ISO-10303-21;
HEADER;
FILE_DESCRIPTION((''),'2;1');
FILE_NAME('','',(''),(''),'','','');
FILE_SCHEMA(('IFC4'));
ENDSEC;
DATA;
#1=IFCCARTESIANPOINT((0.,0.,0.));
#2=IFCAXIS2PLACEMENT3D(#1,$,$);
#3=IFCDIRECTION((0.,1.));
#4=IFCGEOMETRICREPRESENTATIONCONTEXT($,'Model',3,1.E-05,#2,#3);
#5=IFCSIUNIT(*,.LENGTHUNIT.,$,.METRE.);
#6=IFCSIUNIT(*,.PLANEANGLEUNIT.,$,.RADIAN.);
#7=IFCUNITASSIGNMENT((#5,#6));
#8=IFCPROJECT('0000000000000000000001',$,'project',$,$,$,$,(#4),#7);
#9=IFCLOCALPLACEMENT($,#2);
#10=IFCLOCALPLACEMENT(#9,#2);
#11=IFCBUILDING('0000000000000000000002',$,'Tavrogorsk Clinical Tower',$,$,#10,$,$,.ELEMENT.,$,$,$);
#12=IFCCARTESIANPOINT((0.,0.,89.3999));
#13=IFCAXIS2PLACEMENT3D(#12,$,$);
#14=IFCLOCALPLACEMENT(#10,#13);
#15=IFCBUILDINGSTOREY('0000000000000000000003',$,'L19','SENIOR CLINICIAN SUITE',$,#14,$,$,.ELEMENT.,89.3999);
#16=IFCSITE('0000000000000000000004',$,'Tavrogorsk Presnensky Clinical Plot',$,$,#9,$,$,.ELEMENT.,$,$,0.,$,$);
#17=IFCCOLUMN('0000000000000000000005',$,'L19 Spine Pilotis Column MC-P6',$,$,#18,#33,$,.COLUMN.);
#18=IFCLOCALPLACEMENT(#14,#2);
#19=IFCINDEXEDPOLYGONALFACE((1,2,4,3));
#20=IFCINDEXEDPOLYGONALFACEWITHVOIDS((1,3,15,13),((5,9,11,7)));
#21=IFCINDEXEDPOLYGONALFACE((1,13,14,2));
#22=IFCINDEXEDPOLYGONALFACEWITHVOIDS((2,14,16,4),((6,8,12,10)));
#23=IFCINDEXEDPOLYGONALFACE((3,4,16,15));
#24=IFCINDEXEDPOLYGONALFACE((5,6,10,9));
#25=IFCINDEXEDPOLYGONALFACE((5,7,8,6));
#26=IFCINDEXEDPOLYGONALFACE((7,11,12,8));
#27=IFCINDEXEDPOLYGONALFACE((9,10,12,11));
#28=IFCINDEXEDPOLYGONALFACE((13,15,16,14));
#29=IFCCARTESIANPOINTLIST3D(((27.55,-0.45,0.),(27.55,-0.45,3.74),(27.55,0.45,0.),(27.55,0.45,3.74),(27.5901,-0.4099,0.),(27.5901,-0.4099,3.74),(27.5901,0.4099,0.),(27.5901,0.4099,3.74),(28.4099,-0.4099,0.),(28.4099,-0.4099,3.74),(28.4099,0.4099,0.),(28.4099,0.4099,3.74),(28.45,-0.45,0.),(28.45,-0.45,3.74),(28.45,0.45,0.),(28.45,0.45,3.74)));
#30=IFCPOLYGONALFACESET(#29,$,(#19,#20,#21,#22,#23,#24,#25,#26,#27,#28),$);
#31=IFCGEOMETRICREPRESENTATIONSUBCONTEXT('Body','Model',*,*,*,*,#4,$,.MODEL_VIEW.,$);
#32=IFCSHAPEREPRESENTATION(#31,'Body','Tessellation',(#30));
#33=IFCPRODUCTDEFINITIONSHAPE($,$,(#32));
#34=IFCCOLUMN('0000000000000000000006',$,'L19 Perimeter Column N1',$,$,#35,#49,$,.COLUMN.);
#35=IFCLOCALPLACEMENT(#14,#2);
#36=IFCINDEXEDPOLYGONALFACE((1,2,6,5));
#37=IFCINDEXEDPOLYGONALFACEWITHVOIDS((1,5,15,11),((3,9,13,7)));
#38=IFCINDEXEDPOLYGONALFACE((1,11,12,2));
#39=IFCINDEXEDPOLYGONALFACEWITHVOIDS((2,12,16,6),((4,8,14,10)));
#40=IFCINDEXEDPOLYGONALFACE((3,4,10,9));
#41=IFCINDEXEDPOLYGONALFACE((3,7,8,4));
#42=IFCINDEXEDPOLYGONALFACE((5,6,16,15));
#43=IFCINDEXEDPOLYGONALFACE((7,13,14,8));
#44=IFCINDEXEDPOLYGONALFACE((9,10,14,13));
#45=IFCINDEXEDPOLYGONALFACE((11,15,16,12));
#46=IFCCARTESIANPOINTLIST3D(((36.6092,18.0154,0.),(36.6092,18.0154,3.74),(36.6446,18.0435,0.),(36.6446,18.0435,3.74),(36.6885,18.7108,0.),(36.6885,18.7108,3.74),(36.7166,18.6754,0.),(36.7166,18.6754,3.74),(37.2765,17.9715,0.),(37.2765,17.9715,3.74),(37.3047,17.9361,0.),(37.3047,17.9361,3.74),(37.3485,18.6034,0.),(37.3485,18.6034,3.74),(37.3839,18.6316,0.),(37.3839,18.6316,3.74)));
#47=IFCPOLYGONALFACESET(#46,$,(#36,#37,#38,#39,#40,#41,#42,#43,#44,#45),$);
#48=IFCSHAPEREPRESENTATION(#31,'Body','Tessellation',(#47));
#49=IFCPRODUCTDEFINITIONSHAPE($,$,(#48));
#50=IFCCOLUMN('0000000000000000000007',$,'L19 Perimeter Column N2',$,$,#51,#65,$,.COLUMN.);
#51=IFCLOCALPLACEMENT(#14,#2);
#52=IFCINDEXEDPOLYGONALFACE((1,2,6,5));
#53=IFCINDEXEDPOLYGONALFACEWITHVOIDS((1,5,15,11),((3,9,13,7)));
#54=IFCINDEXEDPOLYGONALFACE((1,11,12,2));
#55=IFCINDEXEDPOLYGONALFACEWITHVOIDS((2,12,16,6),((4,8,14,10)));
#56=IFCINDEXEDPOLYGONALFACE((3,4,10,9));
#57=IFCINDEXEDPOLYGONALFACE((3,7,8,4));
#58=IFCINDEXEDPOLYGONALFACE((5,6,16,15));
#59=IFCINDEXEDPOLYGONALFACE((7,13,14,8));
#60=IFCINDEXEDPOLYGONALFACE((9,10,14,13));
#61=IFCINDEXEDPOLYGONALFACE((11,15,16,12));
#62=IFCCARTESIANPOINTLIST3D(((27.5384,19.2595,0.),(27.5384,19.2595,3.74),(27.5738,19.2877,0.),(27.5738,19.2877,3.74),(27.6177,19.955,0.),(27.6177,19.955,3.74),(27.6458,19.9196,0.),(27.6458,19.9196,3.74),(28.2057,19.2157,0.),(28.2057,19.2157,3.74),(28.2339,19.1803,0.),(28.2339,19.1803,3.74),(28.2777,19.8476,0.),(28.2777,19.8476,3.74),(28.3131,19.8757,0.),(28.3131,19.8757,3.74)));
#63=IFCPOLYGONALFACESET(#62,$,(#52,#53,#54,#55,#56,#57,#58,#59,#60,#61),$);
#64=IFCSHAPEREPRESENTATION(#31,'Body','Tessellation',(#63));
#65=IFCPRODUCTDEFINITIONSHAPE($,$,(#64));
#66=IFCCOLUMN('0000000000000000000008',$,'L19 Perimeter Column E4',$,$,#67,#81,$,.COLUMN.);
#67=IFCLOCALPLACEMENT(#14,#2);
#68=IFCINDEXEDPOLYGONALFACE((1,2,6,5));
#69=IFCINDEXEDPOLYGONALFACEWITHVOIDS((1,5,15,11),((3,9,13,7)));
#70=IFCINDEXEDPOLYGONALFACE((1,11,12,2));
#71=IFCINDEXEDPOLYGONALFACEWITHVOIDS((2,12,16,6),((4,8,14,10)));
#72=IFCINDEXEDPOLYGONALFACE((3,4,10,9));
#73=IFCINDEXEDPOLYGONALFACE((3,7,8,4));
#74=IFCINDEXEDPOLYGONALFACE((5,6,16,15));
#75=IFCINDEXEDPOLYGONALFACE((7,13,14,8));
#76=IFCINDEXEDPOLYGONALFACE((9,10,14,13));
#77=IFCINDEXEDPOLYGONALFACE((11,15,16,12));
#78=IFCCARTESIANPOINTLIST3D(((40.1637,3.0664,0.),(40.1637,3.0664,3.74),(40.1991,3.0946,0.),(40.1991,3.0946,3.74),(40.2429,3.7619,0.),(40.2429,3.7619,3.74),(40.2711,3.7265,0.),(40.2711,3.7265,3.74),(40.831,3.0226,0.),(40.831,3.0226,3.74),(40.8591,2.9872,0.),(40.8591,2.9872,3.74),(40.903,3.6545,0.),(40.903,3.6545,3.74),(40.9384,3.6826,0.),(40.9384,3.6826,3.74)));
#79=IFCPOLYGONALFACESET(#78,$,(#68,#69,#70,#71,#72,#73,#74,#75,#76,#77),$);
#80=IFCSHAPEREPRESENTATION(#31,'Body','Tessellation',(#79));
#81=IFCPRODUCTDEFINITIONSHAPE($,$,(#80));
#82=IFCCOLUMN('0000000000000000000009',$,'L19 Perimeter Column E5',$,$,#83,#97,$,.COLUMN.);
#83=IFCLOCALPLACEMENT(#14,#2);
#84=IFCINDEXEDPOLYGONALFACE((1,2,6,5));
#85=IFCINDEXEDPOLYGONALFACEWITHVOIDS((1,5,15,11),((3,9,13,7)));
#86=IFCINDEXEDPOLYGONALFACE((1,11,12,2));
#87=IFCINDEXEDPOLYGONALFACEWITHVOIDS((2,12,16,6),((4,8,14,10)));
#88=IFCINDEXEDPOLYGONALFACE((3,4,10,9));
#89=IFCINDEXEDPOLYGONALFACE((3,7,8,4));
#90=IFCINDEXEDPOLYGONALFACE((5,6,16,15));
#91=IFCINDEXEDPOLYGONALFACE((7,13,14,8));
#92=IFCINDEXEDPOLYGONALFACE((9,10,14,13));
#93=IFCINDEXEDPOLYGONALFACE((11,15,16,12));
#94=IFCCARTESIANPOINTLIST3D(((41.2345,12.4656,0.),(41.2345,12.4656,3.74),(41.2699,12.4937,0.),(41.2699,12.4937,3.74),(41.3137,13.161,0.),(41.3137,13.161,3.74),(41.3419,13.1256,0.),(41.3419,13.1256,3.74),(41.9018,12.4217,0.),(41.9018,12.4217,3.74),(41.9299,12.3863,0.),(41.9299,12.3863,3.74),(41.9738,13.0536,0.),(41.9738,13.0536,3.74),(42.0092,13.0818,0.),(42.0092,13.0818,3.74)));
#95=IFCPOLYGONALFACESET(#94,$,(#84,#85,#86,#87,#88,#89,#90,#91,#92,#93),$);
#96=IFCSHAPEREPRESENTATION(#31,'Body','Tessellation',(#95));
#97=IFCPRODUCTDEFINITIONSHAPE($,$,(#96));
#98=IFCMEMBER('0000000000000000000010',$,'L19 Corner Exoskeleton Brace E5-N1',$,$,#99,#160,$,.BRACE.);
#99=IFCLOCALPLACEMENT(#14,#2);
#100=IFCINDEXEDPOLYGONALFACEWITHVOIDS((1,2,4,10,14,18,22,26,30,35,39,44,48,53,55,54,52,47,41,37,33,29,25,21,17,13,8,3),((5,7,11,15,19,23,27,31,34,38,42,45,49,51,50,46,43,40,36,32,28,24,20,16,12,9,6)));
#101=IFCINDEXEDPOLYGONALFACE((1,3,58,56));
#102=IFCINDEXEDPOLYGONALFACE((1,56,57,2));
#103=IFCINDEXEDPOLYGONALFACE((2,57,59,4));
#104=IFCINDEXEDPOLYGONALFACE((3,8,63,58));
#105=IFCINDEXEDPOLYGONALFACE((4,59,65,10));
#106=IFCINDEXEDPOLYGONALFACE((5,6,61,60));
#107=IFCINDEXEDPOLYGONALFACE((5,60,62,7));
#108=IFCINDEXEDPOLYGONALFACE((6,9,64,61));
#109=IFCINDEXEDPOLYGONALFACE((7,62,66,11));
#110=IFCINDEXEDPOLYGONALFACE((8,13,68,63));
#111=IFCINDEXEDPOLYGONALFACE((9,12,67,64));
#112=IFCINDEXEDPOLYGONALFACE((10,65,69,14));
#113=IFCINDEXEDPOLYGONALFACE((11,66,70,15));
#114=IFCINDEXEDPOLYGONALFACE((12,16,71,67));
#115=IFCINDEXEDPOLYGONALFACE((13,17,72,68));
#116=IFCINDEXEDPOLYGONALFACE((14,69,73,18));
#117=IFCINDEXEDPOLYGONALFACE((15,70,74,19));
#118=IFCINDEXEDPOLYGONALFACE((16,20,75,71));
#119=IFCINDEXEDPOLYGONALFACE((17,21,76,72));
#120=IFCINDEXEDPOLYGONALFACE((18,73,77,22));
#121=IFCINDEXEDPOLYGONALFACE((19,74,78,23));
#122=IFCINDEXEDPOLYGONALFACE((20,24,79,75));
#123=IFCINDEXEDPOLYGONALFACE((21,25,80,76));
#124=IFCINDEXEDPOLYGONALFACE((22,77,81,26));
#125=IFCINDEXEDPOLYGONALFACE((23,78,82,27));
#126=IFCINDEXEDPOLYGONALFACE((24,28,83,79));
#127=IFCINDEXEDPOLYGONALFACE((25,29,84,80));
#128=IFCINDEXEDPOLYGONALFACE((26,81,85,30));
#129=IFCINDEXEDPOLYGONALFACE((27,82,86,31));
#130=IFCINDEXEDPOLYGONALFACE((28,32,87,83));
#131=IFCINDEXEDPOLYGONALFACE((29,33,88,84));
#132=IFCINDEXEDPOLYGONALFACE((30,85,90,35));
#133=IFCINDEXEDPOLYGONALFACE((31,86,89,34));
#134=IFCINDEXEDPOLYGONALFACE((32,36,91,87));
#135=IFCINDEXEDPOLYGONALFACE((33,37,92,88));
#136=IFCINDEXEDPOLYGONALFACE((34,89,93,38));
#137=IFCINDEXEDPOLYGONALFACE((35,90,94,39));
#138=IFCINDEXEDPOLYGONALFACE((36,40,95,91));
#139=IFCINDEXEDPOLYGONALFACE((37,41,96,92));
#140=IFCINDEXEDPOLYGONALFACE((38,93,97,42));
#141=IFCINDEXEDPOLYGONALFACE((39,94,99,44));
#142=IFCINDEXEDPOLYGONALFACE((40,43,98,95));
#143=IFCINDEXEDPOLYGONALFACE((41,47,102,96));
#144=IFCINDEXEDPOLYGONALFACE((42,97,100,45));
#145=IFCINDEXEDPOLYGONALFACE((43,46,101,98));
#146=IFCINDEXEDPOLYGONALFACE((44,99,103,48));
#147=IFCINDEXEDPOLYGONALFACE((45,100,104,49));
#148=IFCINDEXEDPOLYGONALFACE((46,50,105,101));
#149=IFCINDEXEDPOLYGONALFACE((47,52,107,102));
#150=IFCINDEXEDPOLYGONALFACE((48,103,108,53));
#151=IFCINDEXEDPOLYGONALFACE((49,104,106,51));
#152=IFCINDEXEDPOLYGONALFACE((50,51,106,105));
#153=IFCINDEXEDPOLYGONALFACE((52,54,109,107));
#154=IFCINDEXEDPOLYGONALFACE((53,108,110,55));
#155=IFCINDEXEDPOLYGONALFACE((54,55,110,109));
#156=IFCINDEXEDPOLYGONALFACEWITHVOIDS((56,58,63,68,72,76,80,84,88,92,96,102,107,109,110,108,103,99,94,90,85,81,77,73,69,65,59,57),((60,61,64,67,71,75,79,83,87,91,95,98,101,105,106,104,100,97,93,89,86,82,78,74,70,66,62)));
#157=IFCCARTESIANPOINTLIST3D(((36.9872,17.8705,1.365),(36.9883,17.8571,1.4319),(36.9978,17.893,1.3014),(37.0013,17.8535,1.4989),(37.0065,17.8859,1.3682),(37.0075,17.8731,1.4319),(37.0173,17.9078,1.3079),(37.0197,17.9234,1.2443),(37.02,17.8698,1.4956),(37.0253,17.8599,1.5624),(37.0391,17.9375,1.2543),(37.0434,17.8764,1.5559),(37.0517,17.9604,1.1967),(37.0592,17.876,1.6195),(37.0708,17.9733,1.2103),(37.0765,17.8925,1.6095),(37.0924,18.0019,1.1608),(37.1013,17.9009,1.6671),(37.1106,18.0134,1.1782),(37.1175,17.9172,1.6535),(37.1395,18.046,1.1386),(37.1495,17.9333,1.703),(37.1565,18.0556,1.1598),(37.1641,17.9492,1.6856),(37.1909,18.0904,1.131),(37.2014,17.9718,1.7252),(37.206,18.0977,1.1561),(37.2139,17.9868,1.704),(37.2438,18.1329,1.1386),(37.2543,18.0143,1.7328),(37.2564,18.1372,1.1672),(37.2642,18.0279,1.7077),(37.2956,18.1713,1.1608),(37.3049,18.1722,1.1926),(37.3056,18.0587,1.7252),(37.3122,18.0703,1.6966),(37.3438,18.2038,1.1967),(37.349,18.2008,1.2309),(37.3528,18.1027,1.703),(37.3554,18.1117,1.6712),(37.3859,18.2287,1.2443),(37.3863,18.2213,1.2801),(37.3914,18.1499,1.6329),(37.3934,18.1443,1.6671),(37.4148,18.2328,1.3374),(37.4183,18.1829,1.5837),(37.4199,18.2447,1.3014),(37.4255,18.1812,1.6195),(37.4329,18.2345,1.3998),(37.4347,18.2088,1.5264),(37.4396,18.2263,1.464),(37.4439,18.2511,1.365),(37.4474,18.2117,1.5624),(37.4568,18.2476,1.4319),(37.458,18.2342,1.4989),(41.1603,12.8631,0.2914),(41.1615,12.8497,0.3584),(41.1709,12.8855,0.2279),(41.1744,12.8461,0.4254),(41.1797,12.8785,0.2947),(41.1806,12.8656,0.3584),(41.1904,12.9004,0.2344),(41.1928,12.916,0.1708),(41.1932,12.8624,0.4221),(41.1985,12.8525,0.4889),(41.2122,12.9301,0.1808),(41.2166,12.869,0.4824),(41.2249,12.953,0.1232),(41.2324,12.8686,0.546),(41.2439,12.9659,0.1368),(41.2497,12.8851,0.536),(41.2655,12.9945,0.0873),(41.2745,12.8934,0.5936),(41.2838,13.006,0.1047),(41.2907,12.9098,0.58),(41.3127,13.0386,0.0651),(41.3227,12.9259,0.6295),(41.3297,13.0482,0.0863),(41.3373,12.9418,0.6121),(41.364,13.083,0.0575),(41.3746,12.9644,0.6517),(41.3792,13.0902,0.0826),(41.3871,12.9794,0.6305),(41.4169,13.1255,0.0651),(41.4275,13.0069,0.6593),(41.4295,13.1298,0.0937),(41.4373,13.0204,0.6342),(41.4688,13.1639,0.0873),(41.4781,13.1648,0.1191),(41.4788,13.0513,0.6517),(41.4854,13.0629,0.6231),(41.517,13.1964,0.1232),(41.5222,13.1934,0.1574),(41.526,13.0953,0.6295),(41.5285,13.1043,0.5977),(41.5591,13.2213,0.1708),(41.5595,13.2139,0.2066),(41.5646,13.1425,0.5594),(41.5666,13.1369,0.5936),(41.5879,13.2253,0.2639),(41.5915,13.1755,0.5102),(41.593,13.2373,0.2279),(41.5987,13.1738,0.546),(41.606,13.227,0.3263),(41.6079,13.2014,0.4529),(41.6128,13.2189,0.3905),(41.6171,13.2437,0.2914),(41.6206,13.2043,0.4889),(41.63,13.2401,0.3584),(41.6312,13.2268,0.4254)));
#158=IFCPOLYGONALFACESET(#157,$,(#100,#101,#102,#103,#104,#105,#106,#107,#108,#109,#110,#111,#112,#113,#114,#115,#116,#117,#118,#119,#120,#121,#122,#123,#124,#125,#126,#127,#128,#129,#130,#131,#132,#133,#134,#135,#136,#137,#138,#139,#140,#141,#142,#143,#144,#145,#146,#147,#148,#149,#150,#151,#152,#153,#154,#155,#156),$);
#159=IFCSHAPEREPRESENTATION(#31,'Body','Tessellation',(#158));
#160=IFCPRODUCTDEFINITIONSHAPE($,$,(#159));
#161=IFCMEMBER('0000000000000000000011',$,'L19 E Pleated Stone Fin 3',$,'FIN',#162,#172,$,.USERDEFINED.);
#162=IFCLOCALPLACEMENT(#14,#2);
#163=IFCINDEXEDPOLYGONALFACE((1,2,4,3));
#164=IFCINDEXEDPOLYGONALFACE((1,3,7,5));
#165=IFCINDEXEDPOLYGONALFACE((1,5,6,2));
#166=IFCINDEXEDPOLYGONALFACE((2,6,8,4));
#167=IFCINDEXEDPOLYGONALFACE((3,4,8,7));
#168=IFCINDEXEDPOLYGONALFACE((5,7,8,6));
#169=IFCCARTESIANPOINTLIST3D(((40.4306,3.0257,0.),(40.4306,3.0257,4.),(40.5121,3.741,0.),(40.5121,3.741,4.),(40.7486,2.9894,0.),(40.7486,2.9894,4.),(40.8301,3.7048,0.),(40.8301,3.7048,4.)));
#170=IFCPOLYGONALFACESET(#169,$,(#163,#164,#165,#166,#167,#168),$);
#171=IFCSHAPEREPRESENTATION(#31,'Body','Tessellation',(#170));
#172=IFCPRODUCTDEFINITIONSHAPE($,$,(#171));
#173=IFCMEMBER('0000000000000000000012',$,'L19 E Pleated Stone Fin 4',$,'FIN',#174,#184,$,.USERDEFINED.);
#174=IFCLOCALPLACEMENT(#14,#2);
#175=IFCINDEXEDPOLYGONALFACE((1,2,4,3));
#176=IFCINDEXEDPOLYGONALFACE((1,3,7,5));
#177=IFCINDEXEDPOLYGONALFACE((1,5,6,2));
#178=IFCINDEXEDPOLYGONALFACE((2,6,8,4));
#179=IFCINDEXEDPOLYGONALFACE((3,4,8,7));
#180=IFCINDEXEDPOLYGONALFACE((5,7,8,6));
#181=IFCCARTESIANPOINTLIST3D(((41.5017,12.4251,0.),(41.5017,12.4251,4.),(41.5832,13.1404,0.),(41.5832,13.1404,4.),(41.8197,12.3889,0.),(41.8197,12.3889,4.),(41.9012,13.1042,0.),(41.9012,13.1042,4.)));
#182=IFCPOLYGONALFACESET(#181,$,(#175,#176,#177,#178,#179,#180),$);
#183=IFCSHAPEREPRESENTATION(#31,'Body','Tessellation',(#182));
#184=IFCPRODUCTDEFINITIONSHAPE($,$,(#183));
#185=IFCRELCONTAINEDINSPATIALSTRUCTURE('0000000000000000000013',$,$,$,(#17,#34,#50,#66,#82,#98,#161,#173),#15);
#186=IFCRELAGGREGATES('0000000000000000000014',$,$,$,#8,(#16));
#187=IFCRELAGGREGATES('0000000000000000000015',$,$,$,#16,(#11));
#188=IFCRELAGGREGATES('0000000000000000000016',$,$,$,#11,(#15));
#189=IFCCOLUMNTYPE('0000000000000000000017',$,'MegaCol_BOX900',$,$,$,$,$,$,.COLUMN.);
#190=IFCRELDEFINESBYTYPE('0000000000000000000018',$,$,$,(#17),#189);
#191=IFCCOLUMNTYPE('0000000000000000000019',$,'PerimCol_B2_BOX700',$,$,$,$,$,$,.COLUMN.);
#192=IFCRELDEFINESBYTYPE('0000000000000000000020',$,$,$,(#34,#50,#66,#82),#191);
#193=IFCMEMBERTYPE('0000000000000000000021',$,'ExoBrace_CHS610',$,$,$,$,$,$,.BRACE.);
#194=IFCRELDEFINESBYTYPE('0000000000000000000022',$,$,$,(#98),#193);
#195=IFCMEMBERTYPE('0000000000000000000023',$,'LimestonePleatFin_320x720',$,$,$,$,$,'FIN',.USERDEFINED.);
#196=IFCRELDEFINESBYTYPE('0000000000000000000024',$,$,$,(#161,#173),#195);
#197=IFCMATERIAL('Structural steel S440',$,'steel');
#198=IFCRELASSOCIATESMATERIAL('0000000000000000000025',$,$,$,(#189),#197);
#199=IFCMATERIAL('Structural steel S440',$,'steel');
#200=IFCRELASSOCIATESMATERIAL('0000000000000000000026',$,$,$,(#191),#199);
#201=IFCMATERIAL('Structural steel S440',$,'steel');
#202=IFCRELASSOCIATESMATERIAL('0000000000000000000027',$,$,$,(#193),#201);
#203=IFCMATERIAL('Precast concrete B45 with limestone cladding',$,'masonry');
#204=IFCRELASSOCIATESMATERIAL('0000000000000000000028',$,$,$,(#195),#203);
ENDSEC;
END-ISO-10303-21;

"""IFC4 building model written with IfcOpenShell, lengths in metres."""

from ifc_helpers import new_model, si_unit, direction, frame, origin, origin_2d, place, context, subcontext, project, spatial, rectangle, hollow_rectangle, hollow_circle, extrude, material, material_profile, profile_set, type_object, element, save


model = new_model("IFC4")

# Units and contexts
model_context = context("Model", 3, precision=1e-05, world=origin(), true_north=direction((0.0, 1.0)))
body_context = subcontext(model_context, "Body", "Model", "MODEL_VIEW")
ifc_project = project(units=[si_unit("LENGTHUNIT", "METRE"), si_unit("PLANEANGLEUNIT", "RADIAN")], contexts=[model_context])

# Site, building, storey
site_placement = place(None, origin())
site = spatial("IfcSite", under=ifc_project, at=site_placement, Name="Tavrogorsk Presnensky Clinical Plot", CompositionType="ELEMENT", RefElevation=0.0)
building_placement = place(site_placement, origin())
building = spatial("IfcBuilding", under=site, at=building_placement, Name="Tavrogorsk Clinical Tower", CompositionType="ELEMENT")
storey_placement = place(building_placement, frame((0.0, 0.0, 89.3999)))
storey = spatial("IfcBuildingStorey", under=building, at=storey_placement, Name="L19", Description="SENIOR CLINICIAN SUITE", CompositionType="ELEMENT", Elevation=89.3999)

# Columns
ifc_material_1 = material(Name="Structural steel S440", Category="steel")
ifc_material_profile_1 = material_profile(ifc_material_1, hollow_rectangle(XDim=0.8999, YDim=0.8999, WallThickness=0.04, at=origin_2d()), Name="BOX-900x900x40")
ifc_profile_set_1 = profile_set([ifc_material_profile_1], Name="Structural steel S440")
column_type_1 = type_object("IfcColumnType", Name="MegaCol_BOX900", PredefinedType="COLUMN", material=ifc_profile_set_1)
column_placement = place(storey_placement, frame((28.0, 0.0, 0.0), z_axis=(0.0, 0.0, 1.0), x_axis=(1.0, 0.0, 0.0)))
element("IfcColumn", 1, at=column_placement, inside=storey, type_object=column_type_1, Name="L19 Spine Pilotis Column MC-P6", PredefinedType="COLUMN", context=body_context, shape_type="SweptSolid", body=[
    extrude(hollow_rectangle(XDim=0.8999, YDim=0.8999, WallThickness=0.04, at=origin_2d()), origin(), (0.0, 0.0, 1.0), 3.74),
])
ifc_material_2 = material(Name="Structural steel S440", Category="steel")
ifc_material_profile_2 = material_profile(ifc_material_2, hollow_rectangle(XDim=0.7, YDim=0.7, WallThickness=0.032, at=origin_2d()), Name="BOX-700x700x32")
ifc_profile_set_2 = profile_set([ifc_material_profile_2], Name="Structural steel S440")
column_type_2 = type_object("IfcColumnType", Name="PerimCol_B2_BOX700", PredefinedType="COLUMN", material=ifc_profile_set_2)
for number, where, z_axis, x_axis, name in (
    (2, (36.9966, 18.3235, 0.0), (0.0, 0.0, 1.0), (0.993572, -0.113203, 0.0), "L19 Perimeter Column N1"),
    (3, (27.9258, 19.5676, 0.0), (0.0, 0.0, 1.0), (0.993572, -0.113203, 0.0), "L19 Perimeter Column N2"),
    (4, (40.551, 3.3745, 0.0), (0.0, 0.0, 1.0), (0.993572, -0.113203, 0.0), "L19 Perimeter Column E4"),
    (5, (41.6218, 12.7737, 0.0), (0.0, 0.0, 1.0), (0.993572, -0.113203, 0.0), "L19 Perimeter Column E5"),
):
    element("IfcColumn", number, at=place(storey_placement, frame(where, z_axis=z_axis, x_axis=x_axis)), inside=storey, type_object=column_type_2, Name=name, PredefinedType="COLUMN", context=body_context, shape_type="SweptSolid", body=[
        extrude(hollow_rectangle(XDim=0.7, YDim=0.7, WallThickness=0.032, at=origin_2d()), origin(), (0.0, 0.0, 1.0), 3.74),
    ])

# Members
ifc_material_3 = material(Name="Structural steel S440", Category="steel")
ifc_material_profile_3 = material_profile(ifc_material_3, hollow_circle(Radius=0.3049, WallThickness=0.0249, at=origin_2d()), Name="CHS-610x25")
ifc_profile_set_3 = profile_set([ifc_material_profile_3], Name="Structural steel S440")
member_type_1 = type_object("IfcMemberType", Name="ExoBrace_CHS610", PredefinedType="BRACE", material=ifc_profile_set_3)
member_placement = place(storey_placement, frame((41.3958, 13.0449, 0.3584), z_axis=(-0.631705, 0.757986, 0.1625), x_axis=(-0.768197, -0.640214, 0.0)))
element("IfcMember", 6, at=member_placement, inside=storey, type_object=member_type_1, Name="L19 Corner Exoskeleton Brace E5-N1", PredefinedType="BRACE", context=body_context, shape_type="SweptSolid", body=[
    extrude(hollow_circle(Radius=0.3049, WallThickness=0.0249, at=origin_2d()), origin(), (0.0, 0.0, 1.0), 6.6062),
])
ifc_material_4 = material(Name="Precast concrete B45 with limestone cladding", Category="masonry")
ifc_material_profile_4 = material_profile(ifc_material_4, rectangle(XDim=0.3201, YDim=0.72, at=origin_2d()), Name="LIMESTONE-FIN-320x720")
ifc_profile_set_4 = profile_set([ifc_material_profile_4], Name="Precast concrete B45 with limestone cladding")
member_type_2 = type_object("IfcMemberType", Name="LimestonePleatFin_320x720", ElementType="FIN", PredefinedType="USERDEFINED", material=ifc_profile_set_4)
for number, where, z_axis, x_axis, name in (
    (7, (40.6304, 3.3652, 0.0), (0.0, 0.0, 1.0), (0.993572, -0.113203, 0.0), "L19 E Pleated Stone Fin 3"),
    (8, (41.7014, 12.7646, 0.0), (0.0, 0.0, 1.0), (0.993572, -0.113203, 0.0), "L19 E Pleated Stone Fin 4"),
):
    element("IfcMember", number, at=place(storey_placement, frame(where, z_axis=z_axis, x_axis=x_axis)), inside=storey, type_object=member_type_2, Name=name, ObjectType="FIN", PredefinedType="USERDEFINED", context=body_context, shape_type="SweptSolid", body=[
        extrude(rectangle(XDim=0.3201, YDim=0.72, at=origin_2d()), origin(), (0.0, 0.0, 1.0), 4.0),
    ])

save(model, "model.ifc")
